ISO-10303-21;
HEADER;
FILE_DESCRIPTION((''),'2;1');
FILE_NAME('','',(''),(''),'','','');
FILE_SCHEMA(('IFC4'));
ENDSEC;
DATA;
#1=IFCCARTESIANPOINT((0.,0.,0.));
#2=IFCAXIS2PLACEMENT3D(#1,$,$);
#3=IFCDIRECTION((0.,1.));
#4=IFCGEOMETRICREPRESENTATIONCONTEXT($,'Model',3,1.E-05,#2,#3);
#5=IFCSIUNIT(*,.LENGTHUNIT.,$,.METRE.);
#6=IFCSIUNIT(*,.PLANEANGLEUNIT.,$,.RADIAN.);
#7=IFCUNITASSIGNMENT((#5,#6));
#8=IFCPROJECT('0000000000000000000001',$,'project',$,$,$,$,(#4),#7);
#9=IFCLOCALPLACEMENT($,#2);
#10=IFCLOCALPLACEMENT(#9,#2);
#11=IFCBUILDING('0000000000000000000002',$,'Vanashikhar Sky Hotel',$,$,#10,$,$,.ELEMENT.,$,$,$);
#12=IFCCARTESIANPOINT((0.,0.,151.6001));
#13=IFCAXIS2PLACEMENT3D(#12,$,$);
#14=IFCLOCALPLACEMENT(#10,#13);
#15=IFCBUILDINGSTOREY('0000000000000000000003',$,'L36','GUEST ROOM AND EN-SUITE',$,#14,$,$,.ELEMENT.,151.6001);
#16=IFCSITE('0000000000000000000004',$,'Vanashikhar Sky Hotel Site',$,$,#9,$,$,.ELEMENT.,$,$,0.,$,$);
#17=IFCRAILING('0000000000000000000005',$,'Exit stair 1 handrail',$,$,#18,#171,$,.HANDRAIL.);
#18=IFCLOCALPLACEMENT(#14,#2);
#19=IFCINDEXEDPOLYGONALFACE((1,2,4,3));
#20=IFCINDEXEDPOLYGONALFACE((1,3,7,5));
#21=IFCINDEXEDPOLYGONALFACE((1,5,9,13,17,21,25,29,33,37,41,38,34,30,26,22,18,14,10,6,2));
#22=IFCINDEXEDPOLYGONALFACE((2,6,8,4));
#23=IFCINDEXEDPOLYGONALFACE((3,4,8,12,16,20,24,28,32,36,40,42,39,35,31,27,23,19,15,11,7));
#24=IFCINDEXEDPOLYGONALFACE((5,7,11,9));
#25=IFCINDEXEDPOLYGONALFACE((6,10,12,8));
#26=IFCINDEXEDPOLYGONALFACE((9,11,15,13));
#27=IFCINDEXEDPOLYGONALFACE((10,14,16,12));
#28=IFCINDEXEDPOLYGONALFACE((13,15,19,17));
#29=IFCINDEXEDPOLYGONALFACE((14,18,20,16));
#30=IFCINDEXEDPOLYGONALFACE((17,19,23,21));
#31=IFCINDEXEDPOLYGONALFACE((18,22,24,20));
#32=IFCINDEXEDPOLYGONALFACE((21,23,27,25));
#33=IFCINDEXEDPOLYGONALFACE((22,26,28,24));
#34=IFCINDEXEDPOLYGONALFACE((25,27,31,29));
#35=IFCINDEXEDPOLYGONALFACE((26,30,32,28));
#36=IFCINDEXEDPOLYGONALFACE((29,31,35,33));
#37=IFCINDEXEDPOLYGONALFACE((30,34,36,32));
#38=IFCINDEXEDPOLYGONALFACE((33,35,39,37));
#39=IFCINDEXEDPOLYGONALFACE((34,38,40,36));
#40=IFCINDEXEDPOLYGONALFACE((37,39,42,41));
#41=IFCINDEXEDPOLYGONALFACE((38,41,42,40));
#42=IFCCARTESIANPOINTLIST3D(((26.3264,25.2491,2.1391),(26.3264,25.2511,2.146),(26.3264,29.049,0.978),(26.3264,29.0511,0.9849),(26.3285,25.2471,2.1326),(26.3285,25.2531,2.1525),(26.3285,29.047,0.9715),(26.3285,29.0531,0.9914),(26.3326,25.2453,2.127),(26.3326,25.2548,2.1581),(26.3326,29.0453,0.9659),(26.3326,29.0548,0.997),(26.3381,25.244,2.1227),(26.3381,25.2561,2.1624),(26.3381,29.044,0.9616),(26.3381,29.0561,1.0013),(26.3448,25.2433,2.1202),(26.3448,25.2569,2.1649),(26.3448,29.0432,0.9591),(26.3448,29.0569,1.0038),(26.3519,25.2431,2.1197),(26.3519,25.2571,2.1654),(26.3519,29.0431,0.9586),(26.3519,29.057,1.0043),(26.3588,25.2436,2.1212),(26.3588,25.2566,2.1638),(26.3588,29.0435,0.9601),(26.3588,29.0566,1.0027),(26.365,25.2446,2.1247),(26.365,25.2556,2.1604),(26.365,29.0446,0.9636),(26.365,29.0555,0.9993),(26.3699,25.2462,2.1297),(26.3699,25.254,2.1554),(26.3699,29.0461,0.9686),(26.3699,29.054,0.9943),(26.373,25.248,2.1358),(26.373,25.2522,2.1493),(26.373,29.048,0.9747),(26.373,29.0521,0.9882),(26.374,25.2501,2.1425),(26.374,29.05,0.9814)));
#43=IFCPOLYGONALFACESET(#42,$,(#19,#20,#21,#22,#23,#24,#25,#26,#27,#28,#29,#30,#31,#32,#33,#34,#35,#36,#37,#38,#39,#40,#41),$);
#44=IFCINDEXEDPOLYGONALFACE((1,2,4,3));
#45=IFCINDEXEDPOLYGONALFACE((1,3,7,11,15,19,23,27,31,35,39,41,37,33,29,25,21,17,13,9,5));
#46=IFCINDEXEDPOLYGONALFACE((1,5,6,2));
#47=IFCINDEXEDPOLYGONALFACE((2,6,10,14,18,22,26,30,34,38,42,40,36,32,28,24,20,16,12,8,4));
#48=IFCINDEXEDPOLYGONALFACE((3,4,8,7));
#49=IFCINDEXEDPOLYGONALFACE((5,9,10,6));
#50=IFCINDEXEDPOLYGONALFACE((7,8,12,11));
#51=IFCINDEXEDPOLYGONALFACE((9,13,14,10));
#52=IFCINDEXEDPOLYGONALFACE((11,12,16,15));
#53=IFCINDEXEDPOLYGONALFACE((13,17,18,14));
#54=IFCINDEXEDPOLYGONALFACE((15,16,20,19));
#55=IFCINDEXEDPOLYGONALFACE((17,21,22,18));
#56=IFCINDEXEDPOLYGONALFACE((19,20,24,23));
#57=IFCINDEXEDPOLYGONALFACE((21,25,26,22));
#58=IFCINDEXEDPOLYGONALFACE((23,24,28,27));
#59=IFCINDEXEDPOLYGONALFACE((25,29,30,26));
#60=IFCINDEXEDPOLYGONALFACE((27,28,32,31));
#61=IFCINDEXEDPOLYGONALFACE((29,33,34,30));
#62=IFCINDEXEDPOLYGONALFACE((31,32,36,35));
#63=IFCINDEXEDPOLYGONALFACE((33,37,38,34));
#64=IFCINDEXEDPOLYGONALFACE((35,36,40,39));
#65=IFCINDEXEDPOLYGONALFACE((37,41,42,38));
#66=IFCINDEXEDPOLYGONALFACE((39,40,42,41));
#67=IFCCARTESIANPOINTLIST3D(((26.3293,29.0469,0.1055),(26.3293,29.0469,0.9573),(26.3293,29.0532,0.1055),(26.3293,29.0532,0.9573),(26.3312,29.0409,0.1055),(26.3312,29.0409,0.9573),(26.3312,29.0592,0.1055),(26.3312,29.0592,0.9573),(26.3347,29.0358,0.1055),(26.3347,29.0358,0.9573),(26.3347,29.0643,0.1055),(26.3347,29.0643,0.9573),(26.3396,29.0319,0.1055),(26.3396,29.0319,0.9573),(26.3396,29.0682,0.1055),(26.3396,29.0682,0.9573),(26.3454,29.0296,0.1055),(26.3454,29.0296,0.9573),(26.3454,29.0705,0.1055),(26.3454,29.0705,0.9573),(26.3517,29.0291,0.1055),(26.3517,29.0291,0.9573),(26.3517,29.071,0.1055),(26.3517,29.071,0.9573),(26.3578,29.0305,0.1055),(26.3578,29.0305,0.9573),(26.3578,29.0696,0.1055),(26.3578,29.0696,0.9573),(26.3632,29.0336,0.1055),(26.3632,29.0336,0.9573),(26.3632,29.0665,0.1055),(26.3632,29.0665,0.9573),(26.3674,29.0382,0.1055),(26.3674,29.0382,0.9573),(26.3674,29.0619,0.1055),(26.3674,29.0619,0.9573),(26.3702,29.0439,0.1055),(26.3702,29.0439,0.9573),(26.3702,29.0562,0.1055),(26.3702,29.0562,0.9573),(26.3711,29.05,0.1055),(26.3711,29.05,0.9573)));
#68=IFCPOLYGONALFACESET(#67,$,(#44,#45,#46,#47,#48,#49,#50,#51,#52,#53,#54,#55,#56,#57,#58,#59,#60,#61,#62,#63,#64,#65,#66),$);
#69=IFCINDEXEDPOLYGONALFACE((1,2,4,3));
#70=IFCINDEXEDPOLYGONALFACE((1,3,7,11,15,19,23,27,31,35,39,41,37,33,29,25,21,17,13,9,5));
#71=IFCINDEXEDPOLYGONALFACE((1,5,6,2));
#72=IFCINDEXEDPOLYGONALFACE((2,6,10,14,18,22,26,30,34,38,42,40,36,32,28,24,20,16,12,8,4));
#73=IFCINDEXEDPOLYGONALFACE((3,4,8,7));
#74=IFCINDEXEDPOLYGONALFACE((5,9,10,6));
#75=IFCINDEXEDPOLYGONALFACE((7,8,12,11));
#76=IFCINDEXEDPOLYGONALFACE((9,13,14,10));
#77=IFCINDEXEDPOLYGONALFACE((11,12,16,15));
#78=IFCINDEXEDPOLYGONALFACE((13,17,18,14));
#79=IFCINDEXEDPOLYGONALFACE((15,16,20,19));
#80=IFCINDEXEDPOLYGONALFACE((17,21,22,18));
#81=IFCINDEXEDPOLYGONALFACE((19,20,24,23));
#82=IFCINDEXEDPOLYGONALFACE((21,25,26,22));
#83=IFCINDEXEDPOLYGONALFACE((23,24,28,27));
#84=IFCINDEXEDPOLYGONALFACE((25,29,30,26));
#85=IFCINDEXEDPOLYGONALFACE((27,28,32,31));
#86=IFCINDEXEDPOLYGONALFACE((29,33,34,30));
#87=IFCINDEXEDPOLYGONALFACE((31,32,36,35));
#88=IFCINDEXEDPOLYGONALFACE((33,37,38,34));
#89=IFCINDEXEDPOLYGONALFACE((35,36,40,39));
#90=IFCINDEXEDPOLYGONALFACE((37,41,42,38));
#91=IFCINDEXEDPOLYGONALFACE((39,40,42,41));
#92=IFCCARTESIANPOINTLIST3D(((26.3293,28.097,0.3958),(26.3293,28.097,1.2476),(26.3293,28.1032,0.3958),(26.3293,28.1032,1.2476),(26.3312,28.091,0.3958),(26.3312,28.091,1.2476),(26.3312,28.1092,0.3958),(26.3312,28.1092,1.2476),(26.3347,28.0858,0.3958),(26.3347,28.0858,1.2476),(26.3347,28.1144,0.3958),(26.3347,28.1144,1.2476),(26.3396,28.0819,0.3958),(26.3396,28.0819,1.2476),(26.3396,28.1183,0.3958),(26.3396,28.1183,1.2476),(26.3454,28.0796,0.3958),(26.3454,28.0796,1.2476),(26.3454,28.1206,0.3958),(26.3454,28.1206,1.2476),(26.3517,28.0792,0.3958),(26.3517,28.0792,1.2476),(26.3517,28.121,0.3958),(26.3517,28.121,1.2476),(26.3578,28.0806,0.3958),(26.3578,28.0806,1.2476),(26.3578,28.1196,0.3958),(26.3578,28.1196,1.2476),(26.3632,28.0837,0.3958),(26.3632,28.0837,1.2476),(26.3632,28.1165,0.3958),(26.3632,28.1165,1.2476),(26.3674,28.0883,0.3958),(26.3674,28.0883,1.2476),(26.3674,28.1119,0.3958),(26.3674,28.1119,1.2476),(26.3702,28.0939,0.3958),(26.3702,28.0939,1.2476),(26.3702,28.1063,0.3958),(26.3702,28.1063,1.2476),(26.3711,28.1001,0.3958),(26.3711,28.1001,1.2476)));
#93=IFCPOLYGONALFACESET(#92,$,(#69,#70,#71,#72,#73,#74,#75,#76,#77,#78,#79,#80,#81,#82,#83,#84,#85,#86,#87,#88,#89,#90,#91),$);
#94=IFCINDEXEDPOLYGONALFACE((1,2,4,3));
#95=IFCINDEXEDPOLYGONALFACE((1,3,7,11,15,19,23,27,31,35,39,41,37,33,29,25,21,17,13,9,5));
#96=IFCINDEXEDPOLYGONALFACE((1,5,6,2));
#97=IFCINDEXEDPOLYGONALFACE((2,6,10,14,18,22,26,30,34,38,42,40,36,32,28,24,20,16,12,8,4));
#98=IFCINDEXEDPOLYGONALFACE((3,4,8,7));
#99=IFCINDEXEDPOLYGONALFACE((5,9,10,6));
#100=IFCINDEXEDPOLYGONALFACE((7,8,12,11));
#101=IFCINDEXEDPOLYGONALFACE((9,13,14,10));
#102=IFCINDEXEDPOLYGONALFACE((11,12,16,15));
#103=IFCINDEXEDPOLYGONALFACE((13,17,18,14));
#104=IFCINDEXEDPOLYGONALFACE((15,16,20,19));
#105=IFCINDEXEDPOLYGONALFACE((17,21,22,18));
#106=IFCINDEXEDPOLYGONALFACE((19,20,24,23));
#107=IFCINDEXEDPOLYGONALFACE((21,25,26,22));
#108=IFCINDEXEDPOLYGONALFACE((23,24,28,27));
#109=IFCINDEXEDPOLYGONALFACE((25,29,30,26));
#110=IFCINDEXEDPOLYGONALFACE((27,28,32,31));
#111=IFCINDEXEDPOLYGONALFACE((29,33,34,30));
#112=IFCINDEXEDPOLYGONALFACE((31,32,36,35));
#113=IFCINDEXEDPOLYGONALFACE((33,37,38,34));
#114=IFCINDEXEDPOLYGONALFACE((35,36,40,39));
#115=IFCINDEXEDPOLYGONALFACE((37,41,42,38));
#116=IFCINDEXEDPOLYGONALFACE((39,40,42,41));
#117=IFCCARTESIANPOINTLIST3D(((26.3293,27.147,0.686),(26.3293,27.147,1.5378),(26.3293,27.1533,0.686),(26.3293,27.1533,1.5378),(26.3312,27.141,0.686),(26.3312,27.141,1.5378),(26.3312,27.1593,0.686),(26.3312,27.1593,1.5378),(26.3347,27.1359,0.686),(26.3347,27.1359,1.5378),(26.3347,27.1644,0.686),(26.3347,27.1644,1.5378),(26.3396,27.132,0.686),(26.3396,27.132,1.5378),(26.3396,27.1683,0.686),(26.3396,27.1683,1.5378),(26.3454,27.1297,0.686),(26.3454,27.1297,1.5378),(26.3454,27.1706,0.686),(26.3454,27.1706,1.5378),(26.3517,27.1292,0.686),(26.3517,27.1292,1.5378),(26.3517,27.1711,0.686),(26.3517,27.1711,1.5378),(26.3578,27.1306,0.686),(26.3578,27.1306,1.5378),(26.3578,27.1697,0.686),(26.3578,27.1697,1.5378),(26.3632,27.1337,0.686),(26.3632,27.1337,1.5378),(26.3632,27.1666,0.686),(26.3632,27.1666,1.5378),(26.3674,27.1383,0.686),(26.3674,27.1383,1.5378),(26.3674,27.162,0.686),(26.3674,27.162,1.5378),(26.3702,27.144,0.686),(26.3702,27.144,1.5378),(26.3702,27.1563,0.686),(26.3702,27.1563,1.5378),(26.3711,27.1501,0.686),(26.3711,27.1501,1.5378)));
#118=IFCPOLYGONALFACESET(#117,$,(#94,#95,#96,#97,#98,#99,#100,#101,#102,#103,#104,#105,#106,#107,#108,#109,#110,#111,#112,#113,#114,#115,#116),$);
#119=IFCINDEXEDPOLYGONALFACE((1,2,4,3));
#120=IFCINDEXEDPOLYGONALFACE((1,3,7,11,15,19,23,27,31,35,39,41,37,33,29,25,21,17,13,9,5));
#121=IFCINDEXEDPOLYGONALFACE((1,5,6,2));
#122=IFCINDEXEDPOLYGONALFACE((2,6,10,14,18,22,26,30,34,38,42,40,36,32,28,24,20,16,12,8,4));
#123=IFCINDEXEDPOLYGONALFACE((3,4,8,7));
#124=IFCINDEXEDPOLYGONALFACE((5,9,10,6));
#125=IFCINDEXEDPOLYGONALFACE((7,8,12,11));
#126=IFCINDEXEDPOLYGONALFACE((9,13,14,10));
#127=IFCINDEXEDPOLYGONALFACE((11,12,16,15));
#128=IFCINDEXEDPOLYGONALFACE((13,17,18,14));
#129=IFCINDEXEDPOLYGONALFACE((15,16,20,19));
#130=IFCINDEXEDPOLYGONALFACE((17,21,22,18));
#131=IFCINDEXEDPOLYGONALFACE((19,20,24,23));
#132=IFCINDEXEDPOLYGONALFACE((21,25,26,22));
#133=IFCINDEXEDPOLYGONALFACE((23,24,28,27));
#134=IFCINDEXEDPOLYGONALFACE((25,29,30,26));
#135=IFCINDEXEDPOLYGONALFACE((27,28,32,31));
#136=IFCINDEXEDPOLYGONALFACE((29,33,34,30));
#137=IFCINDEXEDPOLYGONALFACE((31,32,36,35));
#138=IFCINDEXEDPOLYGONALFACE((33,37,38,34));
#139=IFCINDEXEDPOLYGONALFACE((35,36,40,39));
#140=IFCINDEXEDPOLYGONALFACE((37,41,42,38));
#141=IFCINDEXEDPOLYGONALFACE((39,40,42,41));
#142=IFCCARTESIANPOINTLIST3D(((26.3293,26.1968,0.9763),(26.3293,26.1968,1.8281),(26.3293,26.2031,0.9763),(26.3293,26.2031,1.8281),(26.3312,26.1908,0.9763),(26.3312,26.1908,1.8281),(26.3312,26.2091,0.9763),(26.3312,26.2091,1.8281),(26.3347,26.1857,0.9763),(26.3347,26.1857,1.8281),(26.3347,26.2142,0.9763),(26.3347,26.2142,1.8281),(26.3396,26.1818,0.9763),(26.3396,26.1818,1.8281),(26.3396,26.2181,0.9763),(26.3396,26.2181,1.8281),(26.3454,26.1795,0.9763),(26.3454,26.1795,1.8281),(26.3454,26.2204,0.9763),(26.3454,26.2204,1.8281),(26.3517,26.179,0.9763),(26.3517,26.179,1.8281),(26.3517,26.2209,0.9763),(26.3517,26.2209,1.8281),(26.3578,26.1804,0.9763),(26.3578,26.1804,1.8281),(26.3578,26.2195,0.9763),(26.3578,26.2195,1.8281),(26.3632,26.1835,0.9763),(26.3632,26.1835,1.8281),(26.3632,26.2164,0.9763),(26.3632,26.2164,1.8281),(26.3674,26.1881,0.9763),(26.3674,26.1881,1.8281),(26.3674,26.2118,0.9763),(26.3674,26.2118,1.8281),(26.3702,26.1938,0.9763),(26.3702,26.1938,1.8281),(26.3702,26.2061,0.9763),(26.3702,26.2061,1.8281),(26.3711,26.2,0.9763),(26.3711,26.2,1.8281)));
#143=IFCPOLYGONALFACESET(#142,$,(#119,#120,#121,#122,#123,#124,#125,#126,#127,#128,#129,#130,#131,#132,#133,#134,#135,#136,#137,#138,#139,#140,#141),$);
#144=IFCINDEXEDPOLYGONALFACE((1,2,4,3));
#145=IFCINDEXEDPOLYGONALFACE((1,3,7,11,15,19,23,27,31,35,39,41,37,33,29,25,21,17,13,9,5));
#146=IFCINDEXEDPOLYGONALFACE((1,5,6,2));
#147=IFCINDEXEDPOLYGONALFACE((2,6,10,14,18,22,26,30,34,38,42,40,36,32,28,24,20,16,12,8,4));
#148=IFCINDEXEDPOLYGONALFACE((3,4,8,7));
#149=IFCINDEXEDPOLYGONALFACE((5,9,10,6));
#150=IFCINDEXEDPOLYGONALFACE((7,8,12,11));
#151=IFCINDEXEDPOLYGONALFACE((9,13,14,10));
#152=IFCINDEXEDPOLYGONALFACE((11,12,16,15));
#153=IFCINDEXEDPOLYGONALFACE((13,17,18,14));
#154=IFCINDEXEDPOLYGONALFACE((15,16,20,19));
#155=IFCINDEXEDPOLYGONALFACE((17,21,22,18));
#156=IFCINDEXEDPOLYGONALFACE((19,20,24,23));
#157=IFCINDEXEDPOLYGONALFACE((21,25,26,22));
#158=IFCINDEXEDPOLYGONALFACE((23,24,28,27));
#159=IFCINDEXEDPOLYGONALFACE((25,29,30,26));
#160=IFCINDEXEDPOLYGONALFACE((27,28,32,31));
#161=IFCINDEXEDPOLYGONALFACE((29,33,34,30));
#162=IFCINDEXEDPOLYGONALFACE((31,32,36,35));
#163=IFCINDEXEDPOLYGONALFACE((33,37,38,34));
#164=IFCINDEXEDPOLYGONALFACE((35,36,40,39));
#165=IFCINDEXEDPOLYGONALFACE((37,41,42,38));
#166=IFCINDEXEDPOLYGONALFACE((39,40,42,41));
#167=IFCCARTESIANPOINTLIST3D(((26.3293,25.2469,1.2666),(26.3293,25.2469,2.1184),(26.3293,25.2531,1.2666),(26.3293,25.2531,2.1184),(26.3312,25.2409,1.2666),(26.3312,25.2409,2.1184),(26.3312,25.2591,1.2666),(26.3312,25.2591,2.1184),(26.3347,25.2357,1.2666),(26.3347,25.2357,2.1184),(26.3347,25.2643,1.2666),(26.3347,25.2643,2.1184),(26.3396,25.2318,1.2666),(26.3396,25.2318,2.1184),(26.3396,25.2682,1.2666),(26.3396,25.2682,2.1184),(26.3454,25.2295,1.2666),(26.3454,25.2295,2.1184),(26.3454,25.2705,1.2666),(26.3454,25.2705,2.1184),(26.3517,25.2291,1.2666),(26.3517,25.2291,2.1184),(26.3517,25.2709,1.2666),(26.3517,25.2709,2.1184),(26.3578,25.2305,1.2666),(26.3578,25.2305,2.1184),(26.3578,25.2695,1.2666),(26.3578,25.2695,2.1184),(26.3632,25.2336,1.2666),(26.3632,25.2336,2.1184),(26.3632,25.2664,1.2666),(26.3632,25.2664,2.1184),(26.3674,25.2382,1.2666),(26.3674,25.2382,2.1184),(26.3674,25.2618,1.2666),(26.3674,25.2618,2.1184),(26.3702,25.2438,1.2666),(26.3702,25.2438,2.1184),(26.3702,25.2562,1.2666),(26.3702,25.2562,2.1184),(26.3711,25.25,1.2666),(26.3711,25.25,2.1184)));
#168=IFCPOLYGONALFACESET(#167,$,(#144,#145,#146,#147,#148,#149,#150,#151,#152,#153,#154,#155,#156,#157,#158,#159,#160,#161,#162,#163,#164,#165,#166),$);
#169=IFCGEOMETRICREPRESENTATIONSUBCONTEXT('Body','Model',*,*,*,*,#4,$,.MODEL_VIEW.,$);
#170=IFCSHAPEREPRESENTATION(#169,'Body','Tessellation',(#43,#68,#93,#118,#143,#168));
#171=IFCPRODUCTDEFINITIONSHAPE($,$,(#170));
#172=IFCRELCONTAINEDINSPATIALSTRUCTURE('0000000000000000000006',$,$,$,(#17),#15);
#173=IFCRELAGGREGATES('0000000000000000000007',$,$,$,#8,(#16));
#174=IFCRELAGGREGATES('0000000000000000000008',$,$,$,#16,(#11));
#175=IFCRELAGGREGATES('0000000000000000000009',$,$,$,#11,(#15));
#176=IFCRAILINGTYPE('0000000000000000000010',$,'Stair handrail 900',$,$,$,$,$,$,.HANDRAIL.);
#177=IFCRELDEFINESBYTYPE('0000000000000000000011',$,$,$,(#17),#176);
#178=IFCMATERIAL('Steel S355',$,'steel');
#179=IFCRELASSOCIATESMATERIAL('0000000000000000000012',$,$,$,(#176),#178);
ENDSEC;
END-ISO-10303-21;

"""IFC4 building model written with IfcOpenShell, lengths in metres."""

from ifc_helpers import new_model, si_unit, direction, frame, origin, origin_2d, place, context, subcontext, project, spatial, circle, extrude, source, transform, mapped, material, type_object, element, save


model = new_model("IFC4")

# Units and contexts
model_context = context("Model", 3, precision=1e-05, world=origin(), true_north=direction((0.0, 1.0)))
body_context = subcontext(model_context, "Body", "Model", "MODEL_VIEW")
ifc_project = project(units=[si_unit("LENGTHUNIT", "METRE"), si_unit("PLANEANGLEUNIT", "RADIAN")], contexts=[model_context])

# Site, building, storey
site_placement = place(None, origin())
site = spatial("IfcSite", under=ifc_project, at=site_placement, Name="Vanashikhar Sky Hotel Site", CompositionType="ELEMENT", RefElevation=0.0)
building_placement = place(site_placement, origin())
building = spatial("IfcBuilding", under=site, at=building_placement, Name="Vanashikhar Sky Hotel", CompositionType="ELEMENT")
storey_placement = place(building_placement, frame((0.0, 0.0, 151.6001)))
storey = spatial("IfcBuildingStorey", under=building, at=storey_placement, Name="L36", Description="GUEST ROOM AND EN-SUITE", CompositionType="ELEMENT", Elevation=151.6001)

# Railing
ifc_material_1 = material(Name="Steel S355", Category="steel")
railing_type_1 = type_object("IfcRailingType", Name="Stair handrail 900", PredefinedType="HANDRAIL", material=ifc_material_1)
shared_shape_1 = source(origin(), body_context, "Body", "SweptSolid", [
    extrude(circle(Radius=0.0239, at=origin_2d()), frame((0.0, 0.0, 0.876), z_axis=(0.0, -0.956351, 0.29222), x_axis=(1.0, 0.0, 0.0)), (0.0, 0.0, 1.0), 3.9734),
    extrude(circle(Radius=0.021, at=origin_2d()), origin(), (0.0, 0.0, 1.0), 0.8518),
    extrude(circle(Radius=0.021, at=origin_2d()), frame((0.0, -0.95, 0.2903)), (0.0, 0.0, 1.0), 0.8518),
    extrude(circle(Radius=0.021, at=origin_2d()), frame((0.0, -1.8999, 0.5806)), (0.0, 0.0, 1.0), 0.8518),
    extrude(circle(Radius=0.021, at=origin_2d()), frame((0.0, -2.8501, 0.8708)), (0.0, 0.0, 1.0), 0.8518),
    extrude(circle(Radius=0.021, at=origin_2d()), frame((0.0, -3.8, 1.1611)), (0.0, 0.0, 1.0), 0.8518),
])
for number, where, name in (
    (1, (26.3501, 29.05, 0.1055), "Exit stair 1 handrail"),
):
    element("IfcRailing", number, at=place(storey_placement, frame(where)), inside=storey, type_object=railing_type_1, Name=name, PredefinedType="HANDRAIL", context=body_context, shape_type="MappedRepresentation", body=[
        mapped(shared_shape_1, transform((0.0, 0.0, 0.0), scale=1.0)),
    ])

save(model, "model.ifc")
